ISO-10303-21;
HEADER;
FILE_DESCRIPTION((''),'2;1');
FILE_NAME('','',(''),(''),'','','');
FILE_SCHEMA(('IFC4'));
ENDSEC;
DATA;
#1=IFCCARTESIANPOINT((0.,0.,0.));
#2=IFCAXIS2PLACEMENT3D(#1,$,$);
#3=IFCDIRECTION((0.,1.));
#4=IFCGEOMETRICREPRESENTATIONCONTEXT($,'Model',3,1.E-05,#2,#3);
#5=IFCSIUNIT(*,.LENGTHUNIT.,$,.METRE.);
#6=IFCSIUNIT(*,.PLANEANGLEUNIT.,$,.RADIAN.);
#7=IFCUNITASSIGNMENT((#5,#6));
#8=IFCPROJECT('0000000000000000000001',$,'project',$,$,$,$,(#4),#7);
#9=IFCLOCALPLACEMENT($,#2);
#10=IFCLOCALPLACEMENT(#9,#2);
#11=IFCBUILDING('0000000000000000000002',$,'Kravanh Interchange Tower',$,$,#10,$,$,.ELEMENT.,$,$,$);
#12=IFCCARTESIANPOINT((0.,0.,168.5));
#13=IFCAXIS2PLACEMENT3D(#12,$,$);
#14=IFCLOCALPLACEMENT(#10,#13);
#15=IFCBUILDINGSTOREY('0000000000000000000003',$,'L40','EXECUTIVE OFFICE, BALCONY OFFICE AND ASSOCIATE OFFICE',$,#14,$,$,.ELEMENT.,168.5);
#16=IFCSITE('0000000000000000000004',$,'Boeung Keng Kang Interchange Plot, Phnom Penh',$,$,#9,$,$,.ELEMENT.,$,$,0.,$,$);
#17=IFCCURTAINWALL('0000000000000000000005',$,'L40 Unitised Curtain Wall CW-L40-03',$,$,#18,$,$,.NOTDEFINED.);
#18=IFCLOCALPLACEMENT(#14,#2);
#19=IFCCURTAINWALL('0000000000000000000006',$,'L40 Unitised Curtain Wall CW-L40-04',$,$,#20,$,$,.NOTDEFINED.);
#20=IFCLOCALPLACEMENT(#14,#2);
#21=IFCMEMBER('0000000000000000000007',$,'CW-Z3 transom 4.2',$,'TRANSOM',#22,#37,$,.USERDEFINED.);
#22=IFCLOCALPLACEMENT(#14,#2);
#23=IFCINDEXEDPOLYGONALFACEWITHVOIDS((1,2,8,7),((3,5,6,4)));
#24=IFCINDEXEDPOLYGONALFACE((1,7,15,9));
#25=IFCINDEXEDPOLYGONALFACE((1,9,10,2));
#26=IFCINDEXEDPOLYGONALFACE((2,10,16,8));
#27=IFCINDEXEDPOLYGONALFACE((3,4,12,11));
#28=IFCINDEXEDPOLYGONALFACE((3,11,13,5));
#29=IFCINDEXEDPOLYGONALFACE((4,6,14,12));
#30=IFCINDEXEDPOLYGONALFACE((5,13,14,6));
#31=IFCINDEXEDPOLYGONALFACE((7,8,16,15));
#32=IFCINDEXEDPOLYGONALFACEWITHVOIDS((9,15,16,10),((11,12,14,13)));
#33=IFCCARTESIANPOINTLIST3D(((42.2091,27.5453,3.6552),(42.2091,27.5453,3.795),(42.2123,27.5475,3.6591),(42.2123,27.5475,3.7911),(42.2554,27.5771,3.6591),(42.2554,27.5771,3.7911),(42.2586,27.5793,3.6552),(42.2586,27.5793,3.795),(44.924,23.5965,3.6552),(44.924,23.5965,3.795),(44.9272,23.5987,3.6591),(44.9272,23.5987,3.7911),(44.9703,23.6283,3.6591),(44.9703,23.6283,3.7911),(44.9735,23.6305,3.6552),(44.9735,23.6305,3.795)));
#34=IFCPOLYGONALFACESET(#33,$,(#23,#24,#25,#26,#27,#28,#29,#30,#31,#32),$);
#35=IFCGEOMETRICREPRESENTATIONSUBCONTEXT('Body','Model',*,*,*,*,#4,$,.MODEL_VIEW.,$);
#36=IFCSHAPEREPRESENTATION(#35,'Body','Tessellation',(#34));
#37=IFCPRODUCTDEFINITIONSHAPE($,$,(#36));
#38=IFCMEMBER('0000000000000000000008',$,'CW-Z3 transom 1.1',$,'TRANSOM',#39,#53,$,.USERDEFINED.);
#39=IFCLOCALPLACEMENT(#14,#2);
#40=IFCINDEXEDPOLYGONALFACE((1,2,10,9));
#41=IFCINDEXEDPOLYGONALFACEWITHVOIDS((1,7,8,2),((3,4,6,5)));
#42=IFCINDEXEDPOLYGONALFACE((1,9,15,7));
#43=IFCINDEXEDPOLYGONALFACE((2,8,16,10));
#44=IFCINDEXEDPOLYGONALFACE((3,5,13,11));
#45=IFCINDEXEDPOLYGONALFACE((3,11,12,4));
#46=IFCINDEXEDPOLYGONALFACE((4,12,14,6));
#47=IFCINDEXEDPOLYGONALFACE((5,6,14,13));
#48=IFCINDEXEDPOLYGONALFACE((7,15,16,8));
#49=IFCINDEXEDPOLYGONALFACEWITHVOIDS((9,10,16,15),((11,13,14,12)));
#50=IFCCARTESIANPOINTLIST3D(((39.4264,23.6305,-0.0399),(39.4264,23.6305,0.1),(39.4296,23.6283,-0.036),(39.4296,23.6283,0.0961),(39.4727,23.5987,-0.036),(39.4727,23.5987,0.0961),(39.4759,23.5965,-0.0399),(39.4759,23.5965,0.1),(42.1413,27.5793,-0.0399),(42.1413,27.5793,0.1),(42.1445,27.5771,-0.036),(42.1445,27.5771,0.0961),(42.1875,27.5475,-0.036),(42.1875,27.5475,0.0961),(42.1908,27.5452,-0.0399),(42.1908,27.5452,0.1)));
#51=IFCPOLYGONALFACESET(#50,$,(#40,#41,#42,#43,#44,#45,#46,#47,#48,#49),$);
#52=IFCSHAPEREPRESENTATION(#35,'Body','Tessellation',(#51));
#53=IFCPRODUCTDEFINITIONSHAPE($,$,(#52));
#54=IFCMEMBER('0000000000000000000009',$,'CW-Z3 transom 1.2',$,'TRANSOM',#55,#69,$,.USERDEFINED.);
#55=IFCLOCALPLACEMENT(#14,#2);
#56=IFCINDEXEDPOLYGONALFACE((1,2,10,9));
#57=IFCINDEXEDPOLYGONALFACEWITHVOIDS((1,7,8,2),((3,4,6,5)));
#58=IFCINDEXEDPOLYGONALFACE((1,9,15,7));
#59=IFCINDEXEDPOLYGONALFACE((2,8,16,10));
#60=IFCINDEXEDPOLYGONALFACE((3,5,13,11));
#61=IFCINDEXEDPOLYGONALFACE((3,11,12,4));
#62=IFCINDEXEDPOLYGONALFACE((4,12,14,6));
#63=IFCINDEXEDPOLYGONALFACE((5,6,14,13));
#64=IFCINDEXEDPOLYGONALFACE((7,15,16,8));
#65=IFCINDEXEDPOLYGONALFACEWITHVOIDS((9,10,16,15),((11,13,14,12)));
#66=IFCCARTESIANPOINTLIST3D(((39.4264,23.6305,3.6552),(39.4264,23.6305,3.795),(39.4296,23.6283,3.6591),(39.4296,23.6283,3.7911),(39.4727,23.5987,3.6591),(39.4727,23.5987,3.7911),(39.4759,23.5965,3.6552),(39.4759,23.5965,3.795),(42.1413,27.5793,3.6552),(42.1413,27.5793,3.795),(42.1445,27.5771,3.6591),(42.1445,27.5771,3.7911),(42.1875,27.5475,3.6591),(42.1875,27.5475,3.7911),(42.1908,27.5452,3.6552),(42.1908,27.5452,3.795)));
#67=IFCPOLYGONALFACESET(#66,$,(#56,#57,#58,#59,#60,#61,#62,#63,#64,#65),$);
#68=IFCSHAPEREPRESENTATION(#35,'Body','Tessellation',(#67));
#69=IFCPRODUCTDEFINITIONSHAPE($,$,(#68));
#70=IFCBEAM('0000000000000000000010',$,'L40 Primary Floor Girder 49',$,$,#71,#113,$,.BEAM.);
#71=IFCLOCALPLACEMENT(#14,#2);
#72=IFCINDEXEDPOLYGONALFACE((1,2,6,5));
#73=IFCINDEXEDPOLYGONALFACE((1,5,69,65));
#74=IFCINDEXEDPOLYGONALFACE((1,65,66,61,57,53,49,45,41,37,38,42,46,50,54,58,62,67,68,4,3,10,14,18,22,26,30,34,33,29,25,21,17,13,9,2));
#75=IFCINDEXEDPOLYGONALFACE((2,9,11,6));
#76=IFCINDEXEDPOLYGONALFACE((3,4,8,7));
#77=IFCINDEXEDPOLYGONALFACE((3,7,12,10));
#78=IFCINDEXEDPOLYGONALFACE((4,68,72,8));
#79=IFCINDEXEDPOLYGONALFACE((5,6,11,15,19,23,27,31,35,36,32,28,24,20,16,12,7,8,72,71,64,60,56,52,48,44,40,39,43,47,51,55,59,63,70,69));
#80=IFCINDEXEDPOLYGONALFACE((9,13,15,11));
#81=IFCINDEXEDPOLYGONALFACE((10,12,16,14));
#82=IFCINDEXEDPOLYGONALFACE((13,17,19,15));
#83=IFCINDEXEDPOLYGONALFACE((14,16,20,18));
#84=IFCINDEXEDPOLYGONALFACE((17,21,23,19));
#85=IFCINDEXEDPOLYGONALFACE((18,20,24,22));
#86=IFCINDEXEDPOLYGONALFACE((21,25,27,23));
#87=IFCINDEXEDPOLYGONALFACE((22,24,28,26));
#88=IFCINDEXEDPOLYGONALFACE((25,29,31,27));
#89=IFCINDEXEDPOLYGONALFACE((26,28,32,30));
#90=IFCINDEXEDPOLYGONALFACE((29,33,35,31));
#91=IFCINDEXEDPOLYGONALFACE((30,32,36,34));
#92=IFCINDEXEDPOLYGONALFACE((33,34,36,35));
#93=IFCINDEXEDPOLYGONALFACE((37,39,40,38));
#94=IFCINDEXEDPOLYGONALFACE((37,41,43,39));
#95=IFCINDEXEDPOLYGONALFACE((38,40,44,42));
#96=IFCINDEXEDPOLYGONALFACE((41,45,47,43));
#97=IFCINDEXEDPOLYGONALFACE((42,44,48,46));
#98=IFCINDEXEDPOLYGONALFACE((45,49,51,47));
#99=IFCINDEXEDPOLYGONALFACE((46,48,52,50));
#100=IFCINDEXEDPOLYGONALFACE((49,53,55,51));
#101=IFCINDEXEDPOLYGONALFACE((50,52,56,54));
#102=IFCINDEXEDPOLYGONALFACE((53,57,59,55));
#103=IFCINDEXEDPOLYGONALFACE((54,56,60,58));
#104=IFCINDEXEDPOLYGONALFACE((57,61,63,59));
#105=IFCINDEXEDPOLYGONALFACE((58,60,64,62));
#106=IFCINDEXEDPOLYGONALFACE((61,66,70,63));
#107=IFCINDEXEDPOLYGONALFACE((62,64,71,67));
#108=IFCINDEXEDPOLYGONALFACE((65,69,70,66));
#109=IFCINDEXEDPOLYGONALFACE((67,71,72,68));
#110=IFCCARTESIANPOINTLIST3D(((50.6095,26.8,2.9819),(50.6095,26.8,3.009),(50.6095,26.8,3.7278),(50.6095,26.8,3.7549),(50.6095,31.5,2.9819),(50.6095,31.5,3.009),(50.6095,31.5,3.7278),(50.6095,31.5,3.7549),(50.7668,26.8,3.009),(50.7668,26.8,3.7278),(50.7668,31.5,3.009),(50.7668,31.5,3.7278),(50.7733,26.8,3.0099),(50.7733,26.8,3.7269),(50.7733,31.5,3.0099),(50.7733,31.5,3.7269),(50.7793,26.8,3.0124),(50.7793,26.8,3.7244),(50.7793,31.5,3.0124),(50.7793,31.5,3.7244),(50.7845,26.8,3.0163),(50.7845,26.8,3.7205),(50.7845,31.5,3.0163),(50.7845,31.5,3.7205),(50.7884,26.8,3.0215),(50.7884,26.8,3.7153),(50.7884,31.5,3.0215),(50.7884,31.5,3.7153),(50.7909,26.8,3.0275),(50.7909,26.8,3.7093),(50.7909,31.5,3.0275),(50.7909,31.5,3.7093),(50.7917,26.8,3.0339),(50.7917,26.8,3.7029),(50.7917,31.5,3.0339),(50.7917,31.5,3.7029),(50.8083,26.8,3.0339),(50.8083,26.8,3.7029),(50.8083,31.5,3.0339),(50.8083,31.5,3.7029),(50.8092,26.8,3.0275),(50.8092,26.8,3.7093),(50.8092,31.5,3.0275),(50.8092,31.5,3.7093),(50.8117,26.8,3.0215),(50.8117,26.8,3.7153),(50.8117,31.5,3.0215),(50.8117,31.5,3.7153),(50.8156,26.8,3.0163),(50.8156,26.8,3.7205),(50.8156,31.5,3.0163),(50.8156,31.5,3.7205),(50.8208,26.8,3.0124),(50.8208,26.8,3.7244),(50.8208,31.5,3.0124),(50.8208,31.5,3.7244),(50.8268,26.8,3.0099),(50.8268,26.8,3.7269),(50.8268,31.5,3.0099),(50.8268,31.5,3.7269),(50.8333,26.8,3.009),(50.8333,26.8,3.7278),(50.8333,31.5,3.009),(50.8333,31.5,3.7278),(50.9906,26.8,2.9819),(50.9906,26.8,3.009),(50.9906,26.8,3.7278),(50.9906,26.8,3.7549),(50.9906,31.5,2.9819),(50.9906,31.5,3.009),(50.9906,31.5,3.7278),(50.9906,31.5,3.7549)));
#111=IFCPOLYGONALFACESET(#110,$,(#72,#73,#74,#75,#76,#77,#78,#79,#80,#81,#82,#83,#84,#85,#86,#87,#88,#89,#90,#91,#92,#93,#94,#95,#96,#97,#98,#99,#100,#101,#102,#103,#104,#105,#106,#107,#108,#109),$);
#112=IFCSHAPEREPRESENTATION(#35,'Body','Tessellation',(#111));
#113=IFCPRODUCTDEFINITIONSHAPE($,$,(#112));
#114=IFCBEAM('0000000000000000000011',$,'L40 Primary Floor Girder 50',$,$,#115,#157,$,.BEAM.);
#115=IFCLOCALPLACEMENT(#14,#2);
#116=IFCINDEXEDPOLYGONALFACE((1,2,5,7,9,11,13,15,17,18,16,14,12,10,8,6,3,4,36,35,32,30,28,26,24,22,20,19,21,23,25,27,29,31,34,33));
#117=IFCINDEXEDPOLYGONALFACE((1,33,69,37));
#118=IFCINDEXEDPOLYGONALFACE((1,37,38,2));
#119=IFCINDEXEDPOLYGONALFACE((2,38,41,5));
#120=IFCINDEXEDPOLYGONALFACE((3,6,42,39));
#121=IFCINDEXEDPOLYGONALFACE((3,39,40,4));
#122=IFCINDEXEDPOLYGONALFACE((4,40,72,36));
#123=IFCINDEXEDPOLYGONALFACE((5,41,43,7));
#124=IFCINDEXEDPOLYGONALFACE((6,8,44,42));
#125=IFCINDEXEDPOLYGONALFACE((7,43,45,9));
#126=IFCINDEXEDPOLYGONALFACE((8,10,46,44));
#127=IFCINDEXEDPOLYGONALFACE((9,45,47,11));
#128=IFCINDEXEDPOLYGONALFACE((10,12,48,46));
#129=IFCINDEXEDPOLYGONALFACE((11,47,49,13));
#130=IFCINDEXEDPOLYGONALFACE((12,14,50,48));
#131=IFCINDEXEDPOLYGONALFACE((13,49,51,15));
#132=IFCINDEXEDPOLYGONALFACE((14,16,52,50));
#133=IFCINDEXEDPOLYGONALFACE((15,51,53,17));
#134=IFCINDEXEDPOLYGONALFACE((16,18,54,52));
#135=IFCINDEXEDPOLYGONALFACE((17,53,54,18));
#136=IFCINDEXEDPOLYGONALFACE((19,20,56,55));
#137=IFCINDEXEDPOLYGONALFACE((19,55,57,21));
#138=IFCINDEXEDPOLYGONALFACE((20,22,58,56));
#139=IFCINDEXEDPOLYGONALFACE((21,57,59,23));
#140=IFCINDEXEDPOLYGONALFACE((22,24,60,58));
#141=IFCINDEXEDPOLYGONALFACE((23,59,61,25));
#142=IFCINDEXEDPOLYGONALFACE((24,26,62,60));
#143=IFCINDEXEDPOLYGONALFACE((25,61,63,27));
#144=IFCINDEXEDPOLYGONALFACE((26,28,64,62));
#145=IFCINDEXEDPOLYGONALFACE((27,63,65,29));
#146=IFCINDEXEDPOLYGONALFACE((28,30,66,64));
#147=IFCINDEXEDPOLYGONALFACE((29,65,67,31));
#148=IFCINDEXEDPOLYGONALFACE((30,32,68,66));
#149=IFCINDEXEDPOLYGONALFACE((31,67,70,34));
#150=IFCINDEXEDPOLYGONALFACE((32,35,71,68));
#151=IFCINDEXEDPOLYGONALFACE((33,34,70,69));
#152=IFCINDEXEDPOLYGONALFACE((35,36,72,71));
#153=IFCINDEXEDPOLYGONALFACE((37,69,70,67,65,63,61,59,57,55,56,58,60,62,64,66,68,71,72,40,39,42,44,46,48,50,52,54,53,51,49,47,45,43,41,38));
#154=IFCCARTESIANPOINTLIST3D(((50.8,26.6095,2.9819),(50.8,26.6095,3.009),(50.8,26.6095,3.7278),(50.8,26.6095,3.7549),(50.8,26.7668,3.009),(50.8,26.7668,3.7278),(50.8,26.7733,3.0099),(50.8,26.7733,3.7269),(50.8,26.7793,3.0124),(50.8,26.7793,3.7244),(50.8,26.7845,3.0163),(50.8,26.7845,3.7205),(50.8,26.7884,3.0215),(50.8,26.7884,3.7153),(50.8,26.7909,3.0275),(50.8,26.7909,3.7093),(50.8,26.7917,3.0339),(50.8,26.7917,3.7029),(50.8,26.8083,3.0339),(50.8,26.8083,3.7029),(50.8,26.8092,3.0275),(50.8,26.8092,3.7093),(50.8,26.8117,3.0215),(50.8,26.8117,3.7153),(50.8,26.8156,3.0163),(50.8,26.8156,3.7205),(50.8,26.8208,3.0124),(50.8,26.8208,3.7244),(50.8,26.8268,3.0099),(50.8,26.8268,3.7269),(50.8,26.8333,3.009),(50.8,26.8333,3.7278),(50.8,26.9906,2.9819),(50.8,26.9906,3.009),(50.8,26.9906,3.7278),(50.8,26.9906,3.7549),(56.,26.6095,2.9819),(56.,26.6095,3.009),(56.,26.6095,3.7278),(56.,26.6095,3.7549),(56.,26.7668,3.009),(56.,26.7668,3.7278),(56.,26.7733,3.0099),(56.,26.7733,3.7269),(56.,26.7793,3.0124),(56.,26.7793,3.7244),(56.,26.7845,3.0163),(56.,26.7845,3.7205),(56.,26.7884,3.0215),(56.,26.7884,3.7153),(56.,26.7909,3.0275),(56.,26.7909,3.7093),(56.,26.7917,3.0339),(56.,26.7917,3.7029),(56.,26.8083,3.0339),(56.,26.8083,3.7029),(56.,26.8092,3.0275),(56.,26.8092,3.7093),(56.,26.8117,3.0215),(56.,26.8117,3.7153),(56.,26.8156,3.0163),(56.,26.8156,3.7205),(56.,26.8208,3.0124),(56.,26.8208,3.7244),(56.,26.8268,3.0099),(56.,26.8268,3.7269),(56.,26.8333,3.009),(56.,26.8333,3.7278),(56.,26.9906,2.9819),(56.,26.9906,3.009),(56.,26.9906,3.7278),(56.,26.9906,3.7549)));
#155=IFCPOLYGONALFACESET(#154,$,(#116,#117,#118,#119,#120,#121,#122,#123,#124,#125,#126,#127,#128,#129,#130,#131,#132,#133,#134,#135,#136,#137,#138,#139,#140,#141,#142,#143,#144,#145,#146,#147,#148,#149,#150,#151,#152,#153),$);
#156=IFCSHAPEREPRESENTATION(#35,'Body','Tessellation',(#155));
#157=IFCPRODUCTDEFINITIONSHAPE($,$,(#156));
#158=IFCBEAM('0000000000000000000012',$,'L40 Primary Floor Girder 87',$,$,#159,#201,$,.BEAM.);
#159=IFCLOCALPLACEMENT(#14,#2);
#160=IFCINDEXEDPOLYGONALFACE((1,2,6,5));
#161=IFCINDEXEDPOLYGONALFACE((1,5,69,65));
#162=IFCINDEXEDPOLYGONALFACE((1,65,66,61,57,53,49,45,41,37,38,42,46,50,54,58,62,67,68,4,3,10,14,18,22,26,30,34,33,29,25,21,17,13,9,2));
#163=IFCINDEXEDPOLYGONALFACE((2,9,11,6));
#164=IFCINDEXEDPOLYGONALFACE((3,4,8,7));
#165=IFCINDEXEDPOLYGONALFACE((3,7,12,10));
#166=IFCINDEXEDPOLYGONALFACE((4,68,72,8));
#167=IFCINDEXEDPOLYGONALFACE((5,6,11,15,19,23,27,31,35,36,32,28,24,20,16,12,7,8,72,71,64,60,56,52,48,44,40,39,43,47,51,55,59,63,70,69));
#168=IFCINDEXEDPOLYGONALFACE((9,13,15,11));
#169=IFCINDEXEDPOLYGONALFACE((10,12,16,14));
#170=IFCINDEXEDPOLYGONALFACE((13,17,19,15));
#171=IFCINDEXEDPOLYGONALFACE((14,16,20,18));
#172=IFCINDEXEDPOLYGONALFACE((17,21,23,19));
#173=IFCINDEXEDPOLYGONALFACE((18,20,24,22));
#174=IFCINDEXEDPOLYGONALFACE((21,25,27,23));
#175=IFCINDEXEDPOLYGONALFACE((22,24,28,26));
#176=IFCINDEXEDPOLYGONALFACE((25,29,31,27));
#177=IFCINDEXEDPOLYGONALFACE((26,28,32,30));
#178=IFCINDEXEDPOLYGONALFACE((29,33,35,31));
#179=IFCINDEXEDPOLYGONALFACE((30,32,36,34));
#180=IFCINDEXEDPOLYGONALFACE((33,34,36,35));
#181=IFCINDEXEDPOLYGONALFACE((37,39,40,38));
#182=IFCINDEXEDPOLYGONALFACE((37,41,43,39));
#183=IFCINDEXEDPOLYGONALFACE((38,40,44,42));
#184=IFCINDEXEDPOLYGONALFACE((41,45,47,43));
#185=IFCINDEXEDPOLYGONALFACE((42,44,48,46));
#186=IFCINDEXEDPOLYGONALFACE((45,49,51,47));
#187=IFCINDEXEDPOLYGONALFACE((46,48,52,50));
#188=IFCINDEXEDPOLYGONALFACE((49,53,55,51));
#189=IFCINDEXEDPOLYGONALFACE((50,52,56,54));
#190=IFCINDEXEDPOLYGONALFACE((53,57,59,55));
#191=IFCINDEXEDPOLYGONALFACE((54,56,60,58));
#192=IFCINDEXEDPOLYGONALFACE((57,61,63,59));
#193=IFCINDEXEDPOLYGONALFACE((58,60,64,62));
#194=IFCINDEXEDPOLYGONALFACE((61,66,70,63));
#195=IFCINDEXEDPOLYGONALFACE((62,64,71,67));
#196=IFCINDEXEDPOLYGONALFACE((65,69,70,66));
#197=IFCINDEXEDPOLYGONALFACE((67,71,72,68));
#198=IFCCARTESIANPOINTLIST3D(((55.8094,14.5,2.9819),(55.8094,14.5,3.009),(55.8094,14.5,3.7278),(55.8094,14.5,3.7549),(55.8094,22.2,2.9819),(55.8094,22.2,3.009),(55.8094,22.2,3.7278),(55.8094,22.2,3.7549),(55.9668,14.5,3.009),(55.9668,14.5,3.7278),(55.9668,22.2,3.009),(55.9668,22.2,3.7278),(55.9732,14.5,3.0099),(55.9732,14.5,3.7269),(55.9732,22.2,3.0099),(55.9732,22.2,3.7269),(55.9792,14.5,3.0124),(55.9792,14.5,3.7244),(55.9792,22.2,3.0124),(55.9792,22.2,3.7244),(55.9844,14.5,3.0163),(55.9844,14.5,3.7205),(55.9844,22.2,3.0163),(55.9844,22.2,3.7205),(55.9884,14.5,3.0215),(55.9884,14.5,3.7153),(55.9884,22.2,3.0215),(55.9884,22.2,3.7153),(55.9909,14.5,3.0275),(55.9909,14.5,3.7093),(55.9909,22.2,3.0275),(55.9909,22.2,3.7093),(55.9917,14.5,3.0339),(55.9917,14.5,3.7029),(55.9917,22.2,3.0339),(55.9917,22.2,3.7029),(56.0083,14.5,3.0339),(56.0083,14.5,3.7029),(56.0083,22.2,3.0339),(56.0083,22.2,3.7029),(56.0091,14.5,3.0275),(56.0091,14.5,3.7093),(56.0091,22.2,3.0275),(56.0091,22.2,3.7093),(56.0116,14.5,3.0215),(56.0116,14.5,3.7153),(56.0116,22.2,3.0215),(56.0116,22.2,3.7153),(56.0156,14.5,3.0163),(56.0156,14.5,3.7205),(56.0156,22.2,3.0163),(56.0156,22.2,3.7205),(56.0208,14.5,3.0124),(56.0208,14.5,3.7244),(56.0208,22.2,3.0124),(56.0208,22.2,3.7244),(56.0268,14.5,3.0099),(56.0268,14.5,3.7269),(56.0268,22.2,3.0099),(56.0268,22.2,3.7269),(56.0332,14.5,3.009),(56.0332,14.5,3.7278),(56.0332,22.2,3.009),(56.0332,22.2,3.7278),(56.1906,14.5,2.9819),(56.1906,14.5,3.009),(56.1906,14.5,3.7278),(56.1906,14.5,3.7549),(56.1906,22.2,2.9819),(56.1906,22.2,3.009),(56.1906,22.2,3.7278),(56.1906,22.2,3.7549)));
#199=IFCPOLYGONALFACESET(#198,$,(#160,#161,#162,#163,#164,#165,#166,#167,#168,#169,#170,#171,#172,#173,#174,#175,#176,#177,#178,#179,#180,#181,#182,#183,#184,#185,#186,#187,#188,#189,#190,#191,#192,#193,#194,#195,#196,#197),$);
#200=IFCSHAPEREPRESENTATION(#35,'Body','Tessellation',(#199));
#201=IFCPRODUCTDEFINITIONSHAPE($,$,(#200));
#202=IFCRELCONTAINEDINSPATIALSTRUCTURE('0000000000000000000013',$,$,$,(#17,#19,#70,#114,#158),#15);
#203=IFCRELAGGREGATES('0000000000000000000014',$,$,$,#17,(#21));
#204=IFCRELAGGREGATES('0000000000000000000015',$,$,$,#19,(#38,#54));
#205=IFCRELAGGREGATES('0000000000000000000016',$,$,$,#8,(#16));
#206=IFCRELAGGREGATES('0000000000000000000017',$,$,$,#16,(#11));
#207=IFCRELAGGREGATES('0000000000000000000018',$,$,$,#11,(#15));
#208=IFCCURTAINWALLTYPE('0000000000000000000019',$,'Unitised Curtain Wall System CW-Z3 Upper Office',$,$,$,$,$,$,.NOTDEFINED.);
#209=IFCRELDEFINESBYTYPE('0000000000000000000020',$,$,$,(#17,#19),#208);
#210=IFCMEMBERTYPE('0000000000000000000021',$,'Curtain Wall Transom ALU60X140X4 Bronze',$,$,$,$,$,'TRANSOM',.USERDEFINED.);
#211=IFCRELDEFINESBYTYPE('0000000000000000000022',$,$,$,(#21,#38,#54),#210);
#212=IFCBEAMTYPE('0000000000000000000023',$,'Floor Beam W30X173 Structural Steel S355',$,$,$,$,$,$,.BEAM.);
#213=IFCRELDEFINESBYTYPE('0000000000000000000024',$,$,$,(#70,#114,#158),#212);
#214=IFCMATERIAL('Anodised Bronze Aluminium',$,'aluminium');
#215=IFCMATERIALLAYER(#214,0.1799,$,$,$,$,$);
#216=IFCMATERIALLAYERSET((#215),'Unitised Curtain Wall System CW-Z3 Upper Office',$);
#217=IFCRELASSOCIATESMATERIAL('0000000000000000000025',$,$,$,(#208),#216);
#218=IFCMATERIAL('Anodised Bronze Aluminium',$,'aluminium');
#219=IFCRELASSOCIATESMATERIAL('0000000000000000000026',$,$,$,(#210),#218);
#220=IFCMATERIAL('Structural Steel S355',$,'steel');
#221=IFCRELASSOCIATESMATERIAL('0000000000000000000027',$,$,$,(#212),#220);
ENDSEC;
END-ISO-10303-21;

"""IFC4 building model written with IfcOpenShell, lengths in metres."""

from ifc_helpers import new_model, si_unit, direction, frame, origin, origin_2d, place, context, subcontext, project, spatial, hollow_rectangle, i_section, extrude, material, layer, layer_set, material_profile, profile_set, type_object, element, aggregate, save


model = new_model("IFC4")

# Units and contexts
model_context = context("Model", 3, precision=1e-05, world=origin(), true_north=direction((0.0, 1.0)))
body_context = subcontext(model_context, "Body", "Model", "MODEL_VIEW")
ifc_project = project(units=[si_unit("LENGTHUNIT", "METRE"), si_unit("PLANEANGLEUNIT", "RADIAN")], contexts=[model_context])

# Site, building, storey
site_placement = place(None, origin())
site = spatial("IfcSite", under=ifc_project, at=site_placement, Name="Boeung Keng Kang Interchange Plot, Phnom Penh", CompositionType="ELEMENT", RefElevation=0.0)
building_placement = place(site_placement, origin())
building = spatial("IfcBuilding", under=site, at=building_placement, Name="Kravanh Interchange Tower", CompositionType="ELEMENT")
storey_placement = place(building_placement, frame((0.0, 0.0, 168.5)))
storey = spatial("IfcBuildingStorey", under=building, at=storey_placement, Name="L40", Description="EXECUTIVE OFFICE, BALCONY OFFICE AND ASSOCIATE OFFICE", CompositionType="ELEMENT", Elevation=168.5)

# Shared definitions
ifc_material_1 = material(Name="Anodised Bronze Aluminium", Category="aluminium")
ifc_layer_1 = layer(ifc_material_1, 0.1799)
ifc_layer_set_1 = layer_set([ifc_layer_1], Name="Unitised Curtain Wall System CW-Z3 Upper Office")
curtain_wall_type = type_object("IfcCurtainWallType", Name="Unitised Curtain Wall System CW-Z3 Upper Office", PredefinedType="NOTDEFINED", material=ifc_layer_set_1)

# Curtain wall
curtain_wall_1_placement = place(storey_placement, origin())
curtain_wall_1 = element("IfcCurtainWall", 1, at=curtain_wall_1_placement, inside=storey, type_object=curtain_wall_type, Name="L40 Unitised Curtain Wall CW-L40-03", PredefinedType="NOTDEFINED")

# Curtain wall
curtain_wall_2_placement = place(storey_placement, origin())
curtain_wall_2 = element("IfcCurtainWall", 2, at=curtain_wall_2_placement, inside=storey, type_object=curtain_wall_type, Name="L40 Unitised Curtain Wall CW-L40-04", PredefinedType="NOTDEFINED")

# Members
ifc_material_2 = material(Name="Anodised Bronze Aluminium", Category="aluminium")
ifc_material_profile_1 = material_profile(ifc_material_2, hollow_rectangle(XDim=0.0601, YDim=0.1399, WallThickness=0.0039, at=origin_2d()), Name="ALU60X140X4")
ifc_profile_set_1 = profile_set([ifc_material_profile_1], Name="Anodised Bronze Aluminium")
member_type_1 = type_object("IfcMemberType", Name="Curtain Wall Transom ALU60X140X4 Bronze", ElementType="TRANSOM", PredefinedType="USERDEFINED", material=ifc_profile_set_1)
member_1_placement = place(storey_placement, frame((44.9487, 23.6135, 3.7251), z_axis=(-0.566542, 0.824033, 0.0), x_axis=(-0.824033, -0.566542, 0.0)))
member_1 = element("IfcMember", 3, at=member_1_placement, type_object=member_type_1, Name="CW-Z3 transom 4.2", ObjectType="TRANSOM", PredefinedType="USERDEFINED", context=body_context, shape_type="SweptSolid", body=[
    extrude(hollow_rectangle(XDim=0.0601, YDim=0.1399, WallThickness=0.0039, at=origin_2d()), origin(), (0.0, 0.0, 1.0), 4.792),
])
member_2_placement = place(storey_placement, frame((42.166, 27.5623, 0.03), z_axis=(-0.566542, -0.824033, 0.0), x_axis=(0.824033, -0.566542, 0.0)))
member_2 = element("IfcMember", 4, at=member_2_placement, type_object=member_type_1, Name="CW-Z3 transom 1.1", ObjectType="TRANSOM", PredefinedType="USERDEFINED", context=body_context, shape_type="SweptSolid", body=[
    extrude(hollow_rectangle(XDim=0.0601, YDim=0.1399, WallThickness=0.0039, at=origin_2d()), origin(), (0.0, 0.0, 1.0), 4.792),
])
member_3_placement = place(storey_placement, frame((42.166, 27.5623, 3.7251), z_axis=(-0.566542, -0.824033, 0.0), x_axis=(0.824033, -0.566542, 0.0)))
member_3 = element("IfcMember", 5, at=member_3_placement, type_object=member_type_1, Name="CW-Z3 transom 1.2", ObjectType="TRANSOM", PredefinedType="USERDEFINED", context=body_context, shape_type="SweptSolid", body=[
    extrude(hollow_rectangle(XDim=0.0601, YDim=0.1399, WallThickness=0.0039, at=origin_2d()), origin(), (0.0, 0.0, 1.0), 4.792),
])

# Beams
ifc_material_3 = material(Name="Structural Steel S355", Category="steel")
ifc_material_profile_2 = material_profile(ifc_material_3, i_section(OverallWidth=0.3811, OverallDepth=0.7729, WebThickness=0.0166, FlangeThickness=0.0271, FilletRadius=0.0249, at=origin_2d()), Name="W30X173")
ifc_profile_set_2 = profile_set([ifc_material_profile_2], Name="Structural Steel S355")
beam_type_1 = type_object("IfcBeamType", Name="Floor Beam W30X173 Structural Steel S355", PredefinedType="BEAM", material=ifc_profile_set_2)
beam_1_placement = place(storey_placement, frame((50.8, 26.8, 3.3684), z_axis=(0.0, 1.0, 0.0), x_axis=(-1.0, 0.0, 0.0)))
element("IfcBeam", 6, at=beam_1_placement, inside=storey, type_object=beam_type_1, Name="L40 Primary Floor Girder 49", PredefinedType="BEAM", context=body_context, shape_type="SweptSolid", body=[
    extrude(i_section(OverallWidth=0.3811, OverallDepth=0.7729, WebThickness=0.0166, FlangeThickness=0.0271, FilletRadius=0.0249, at=origin_2d()), origin(), (0.0, 0.0, 1.0), 4.7),
])
beam_2_placement = place(storey_placement, frame((50.8, 26.8, 3.3684), z_axis=(1.0, 0.0, 0.0), x_axis=(0.0, 1.0, 0.0)))
element("IfcBeam", 7, at=beam_2_placement, inside=storey, type_object=beam_type_1, Name="L40 Primary Floor Girder 50", PredefinedType="BEAM", context=body_context, shape_type="SweptSolid", body=[
    extrude(i_section(OverallWidth=0.3811, OverallDepth=0.7729, WebThickness=0.0166, FlangeThickness=0.0271, FilletRadius=0.0249, at=origin_2d()), origin(), (0.0, 0.0, 1.0), 5.2),
])
beam_3_placement = place(storey_placement, frame((56.0, 14.5, 3.3684), z_axis=(0.0, 1.0, 0.0), x_axis=(-1.0, 0.0, 0.0)))
element("IfcBeam", 8, at=beam_3_placement, inside=storey, type_object=beam_type_1, Name="L40 Primary Floor Girder 87", PredefinedType="BEAM", context=body_context, shape_type="SweptSolid", body=[
    extrude(i_section(OverallWidth=0.3811, OverallDepth=0.7729, WebThickness=0.0166, FlangeThickness=0.0271, FilletRadius=0.0249, at=origin_2d()), origin(), (0.0, 0.0, 1.0), 7.7),
])

aggregate(curtain_wall_1, [member_1])
aggregate(curtain_wall_2, [member_2, member_3])

save(model, "model.ifc")
